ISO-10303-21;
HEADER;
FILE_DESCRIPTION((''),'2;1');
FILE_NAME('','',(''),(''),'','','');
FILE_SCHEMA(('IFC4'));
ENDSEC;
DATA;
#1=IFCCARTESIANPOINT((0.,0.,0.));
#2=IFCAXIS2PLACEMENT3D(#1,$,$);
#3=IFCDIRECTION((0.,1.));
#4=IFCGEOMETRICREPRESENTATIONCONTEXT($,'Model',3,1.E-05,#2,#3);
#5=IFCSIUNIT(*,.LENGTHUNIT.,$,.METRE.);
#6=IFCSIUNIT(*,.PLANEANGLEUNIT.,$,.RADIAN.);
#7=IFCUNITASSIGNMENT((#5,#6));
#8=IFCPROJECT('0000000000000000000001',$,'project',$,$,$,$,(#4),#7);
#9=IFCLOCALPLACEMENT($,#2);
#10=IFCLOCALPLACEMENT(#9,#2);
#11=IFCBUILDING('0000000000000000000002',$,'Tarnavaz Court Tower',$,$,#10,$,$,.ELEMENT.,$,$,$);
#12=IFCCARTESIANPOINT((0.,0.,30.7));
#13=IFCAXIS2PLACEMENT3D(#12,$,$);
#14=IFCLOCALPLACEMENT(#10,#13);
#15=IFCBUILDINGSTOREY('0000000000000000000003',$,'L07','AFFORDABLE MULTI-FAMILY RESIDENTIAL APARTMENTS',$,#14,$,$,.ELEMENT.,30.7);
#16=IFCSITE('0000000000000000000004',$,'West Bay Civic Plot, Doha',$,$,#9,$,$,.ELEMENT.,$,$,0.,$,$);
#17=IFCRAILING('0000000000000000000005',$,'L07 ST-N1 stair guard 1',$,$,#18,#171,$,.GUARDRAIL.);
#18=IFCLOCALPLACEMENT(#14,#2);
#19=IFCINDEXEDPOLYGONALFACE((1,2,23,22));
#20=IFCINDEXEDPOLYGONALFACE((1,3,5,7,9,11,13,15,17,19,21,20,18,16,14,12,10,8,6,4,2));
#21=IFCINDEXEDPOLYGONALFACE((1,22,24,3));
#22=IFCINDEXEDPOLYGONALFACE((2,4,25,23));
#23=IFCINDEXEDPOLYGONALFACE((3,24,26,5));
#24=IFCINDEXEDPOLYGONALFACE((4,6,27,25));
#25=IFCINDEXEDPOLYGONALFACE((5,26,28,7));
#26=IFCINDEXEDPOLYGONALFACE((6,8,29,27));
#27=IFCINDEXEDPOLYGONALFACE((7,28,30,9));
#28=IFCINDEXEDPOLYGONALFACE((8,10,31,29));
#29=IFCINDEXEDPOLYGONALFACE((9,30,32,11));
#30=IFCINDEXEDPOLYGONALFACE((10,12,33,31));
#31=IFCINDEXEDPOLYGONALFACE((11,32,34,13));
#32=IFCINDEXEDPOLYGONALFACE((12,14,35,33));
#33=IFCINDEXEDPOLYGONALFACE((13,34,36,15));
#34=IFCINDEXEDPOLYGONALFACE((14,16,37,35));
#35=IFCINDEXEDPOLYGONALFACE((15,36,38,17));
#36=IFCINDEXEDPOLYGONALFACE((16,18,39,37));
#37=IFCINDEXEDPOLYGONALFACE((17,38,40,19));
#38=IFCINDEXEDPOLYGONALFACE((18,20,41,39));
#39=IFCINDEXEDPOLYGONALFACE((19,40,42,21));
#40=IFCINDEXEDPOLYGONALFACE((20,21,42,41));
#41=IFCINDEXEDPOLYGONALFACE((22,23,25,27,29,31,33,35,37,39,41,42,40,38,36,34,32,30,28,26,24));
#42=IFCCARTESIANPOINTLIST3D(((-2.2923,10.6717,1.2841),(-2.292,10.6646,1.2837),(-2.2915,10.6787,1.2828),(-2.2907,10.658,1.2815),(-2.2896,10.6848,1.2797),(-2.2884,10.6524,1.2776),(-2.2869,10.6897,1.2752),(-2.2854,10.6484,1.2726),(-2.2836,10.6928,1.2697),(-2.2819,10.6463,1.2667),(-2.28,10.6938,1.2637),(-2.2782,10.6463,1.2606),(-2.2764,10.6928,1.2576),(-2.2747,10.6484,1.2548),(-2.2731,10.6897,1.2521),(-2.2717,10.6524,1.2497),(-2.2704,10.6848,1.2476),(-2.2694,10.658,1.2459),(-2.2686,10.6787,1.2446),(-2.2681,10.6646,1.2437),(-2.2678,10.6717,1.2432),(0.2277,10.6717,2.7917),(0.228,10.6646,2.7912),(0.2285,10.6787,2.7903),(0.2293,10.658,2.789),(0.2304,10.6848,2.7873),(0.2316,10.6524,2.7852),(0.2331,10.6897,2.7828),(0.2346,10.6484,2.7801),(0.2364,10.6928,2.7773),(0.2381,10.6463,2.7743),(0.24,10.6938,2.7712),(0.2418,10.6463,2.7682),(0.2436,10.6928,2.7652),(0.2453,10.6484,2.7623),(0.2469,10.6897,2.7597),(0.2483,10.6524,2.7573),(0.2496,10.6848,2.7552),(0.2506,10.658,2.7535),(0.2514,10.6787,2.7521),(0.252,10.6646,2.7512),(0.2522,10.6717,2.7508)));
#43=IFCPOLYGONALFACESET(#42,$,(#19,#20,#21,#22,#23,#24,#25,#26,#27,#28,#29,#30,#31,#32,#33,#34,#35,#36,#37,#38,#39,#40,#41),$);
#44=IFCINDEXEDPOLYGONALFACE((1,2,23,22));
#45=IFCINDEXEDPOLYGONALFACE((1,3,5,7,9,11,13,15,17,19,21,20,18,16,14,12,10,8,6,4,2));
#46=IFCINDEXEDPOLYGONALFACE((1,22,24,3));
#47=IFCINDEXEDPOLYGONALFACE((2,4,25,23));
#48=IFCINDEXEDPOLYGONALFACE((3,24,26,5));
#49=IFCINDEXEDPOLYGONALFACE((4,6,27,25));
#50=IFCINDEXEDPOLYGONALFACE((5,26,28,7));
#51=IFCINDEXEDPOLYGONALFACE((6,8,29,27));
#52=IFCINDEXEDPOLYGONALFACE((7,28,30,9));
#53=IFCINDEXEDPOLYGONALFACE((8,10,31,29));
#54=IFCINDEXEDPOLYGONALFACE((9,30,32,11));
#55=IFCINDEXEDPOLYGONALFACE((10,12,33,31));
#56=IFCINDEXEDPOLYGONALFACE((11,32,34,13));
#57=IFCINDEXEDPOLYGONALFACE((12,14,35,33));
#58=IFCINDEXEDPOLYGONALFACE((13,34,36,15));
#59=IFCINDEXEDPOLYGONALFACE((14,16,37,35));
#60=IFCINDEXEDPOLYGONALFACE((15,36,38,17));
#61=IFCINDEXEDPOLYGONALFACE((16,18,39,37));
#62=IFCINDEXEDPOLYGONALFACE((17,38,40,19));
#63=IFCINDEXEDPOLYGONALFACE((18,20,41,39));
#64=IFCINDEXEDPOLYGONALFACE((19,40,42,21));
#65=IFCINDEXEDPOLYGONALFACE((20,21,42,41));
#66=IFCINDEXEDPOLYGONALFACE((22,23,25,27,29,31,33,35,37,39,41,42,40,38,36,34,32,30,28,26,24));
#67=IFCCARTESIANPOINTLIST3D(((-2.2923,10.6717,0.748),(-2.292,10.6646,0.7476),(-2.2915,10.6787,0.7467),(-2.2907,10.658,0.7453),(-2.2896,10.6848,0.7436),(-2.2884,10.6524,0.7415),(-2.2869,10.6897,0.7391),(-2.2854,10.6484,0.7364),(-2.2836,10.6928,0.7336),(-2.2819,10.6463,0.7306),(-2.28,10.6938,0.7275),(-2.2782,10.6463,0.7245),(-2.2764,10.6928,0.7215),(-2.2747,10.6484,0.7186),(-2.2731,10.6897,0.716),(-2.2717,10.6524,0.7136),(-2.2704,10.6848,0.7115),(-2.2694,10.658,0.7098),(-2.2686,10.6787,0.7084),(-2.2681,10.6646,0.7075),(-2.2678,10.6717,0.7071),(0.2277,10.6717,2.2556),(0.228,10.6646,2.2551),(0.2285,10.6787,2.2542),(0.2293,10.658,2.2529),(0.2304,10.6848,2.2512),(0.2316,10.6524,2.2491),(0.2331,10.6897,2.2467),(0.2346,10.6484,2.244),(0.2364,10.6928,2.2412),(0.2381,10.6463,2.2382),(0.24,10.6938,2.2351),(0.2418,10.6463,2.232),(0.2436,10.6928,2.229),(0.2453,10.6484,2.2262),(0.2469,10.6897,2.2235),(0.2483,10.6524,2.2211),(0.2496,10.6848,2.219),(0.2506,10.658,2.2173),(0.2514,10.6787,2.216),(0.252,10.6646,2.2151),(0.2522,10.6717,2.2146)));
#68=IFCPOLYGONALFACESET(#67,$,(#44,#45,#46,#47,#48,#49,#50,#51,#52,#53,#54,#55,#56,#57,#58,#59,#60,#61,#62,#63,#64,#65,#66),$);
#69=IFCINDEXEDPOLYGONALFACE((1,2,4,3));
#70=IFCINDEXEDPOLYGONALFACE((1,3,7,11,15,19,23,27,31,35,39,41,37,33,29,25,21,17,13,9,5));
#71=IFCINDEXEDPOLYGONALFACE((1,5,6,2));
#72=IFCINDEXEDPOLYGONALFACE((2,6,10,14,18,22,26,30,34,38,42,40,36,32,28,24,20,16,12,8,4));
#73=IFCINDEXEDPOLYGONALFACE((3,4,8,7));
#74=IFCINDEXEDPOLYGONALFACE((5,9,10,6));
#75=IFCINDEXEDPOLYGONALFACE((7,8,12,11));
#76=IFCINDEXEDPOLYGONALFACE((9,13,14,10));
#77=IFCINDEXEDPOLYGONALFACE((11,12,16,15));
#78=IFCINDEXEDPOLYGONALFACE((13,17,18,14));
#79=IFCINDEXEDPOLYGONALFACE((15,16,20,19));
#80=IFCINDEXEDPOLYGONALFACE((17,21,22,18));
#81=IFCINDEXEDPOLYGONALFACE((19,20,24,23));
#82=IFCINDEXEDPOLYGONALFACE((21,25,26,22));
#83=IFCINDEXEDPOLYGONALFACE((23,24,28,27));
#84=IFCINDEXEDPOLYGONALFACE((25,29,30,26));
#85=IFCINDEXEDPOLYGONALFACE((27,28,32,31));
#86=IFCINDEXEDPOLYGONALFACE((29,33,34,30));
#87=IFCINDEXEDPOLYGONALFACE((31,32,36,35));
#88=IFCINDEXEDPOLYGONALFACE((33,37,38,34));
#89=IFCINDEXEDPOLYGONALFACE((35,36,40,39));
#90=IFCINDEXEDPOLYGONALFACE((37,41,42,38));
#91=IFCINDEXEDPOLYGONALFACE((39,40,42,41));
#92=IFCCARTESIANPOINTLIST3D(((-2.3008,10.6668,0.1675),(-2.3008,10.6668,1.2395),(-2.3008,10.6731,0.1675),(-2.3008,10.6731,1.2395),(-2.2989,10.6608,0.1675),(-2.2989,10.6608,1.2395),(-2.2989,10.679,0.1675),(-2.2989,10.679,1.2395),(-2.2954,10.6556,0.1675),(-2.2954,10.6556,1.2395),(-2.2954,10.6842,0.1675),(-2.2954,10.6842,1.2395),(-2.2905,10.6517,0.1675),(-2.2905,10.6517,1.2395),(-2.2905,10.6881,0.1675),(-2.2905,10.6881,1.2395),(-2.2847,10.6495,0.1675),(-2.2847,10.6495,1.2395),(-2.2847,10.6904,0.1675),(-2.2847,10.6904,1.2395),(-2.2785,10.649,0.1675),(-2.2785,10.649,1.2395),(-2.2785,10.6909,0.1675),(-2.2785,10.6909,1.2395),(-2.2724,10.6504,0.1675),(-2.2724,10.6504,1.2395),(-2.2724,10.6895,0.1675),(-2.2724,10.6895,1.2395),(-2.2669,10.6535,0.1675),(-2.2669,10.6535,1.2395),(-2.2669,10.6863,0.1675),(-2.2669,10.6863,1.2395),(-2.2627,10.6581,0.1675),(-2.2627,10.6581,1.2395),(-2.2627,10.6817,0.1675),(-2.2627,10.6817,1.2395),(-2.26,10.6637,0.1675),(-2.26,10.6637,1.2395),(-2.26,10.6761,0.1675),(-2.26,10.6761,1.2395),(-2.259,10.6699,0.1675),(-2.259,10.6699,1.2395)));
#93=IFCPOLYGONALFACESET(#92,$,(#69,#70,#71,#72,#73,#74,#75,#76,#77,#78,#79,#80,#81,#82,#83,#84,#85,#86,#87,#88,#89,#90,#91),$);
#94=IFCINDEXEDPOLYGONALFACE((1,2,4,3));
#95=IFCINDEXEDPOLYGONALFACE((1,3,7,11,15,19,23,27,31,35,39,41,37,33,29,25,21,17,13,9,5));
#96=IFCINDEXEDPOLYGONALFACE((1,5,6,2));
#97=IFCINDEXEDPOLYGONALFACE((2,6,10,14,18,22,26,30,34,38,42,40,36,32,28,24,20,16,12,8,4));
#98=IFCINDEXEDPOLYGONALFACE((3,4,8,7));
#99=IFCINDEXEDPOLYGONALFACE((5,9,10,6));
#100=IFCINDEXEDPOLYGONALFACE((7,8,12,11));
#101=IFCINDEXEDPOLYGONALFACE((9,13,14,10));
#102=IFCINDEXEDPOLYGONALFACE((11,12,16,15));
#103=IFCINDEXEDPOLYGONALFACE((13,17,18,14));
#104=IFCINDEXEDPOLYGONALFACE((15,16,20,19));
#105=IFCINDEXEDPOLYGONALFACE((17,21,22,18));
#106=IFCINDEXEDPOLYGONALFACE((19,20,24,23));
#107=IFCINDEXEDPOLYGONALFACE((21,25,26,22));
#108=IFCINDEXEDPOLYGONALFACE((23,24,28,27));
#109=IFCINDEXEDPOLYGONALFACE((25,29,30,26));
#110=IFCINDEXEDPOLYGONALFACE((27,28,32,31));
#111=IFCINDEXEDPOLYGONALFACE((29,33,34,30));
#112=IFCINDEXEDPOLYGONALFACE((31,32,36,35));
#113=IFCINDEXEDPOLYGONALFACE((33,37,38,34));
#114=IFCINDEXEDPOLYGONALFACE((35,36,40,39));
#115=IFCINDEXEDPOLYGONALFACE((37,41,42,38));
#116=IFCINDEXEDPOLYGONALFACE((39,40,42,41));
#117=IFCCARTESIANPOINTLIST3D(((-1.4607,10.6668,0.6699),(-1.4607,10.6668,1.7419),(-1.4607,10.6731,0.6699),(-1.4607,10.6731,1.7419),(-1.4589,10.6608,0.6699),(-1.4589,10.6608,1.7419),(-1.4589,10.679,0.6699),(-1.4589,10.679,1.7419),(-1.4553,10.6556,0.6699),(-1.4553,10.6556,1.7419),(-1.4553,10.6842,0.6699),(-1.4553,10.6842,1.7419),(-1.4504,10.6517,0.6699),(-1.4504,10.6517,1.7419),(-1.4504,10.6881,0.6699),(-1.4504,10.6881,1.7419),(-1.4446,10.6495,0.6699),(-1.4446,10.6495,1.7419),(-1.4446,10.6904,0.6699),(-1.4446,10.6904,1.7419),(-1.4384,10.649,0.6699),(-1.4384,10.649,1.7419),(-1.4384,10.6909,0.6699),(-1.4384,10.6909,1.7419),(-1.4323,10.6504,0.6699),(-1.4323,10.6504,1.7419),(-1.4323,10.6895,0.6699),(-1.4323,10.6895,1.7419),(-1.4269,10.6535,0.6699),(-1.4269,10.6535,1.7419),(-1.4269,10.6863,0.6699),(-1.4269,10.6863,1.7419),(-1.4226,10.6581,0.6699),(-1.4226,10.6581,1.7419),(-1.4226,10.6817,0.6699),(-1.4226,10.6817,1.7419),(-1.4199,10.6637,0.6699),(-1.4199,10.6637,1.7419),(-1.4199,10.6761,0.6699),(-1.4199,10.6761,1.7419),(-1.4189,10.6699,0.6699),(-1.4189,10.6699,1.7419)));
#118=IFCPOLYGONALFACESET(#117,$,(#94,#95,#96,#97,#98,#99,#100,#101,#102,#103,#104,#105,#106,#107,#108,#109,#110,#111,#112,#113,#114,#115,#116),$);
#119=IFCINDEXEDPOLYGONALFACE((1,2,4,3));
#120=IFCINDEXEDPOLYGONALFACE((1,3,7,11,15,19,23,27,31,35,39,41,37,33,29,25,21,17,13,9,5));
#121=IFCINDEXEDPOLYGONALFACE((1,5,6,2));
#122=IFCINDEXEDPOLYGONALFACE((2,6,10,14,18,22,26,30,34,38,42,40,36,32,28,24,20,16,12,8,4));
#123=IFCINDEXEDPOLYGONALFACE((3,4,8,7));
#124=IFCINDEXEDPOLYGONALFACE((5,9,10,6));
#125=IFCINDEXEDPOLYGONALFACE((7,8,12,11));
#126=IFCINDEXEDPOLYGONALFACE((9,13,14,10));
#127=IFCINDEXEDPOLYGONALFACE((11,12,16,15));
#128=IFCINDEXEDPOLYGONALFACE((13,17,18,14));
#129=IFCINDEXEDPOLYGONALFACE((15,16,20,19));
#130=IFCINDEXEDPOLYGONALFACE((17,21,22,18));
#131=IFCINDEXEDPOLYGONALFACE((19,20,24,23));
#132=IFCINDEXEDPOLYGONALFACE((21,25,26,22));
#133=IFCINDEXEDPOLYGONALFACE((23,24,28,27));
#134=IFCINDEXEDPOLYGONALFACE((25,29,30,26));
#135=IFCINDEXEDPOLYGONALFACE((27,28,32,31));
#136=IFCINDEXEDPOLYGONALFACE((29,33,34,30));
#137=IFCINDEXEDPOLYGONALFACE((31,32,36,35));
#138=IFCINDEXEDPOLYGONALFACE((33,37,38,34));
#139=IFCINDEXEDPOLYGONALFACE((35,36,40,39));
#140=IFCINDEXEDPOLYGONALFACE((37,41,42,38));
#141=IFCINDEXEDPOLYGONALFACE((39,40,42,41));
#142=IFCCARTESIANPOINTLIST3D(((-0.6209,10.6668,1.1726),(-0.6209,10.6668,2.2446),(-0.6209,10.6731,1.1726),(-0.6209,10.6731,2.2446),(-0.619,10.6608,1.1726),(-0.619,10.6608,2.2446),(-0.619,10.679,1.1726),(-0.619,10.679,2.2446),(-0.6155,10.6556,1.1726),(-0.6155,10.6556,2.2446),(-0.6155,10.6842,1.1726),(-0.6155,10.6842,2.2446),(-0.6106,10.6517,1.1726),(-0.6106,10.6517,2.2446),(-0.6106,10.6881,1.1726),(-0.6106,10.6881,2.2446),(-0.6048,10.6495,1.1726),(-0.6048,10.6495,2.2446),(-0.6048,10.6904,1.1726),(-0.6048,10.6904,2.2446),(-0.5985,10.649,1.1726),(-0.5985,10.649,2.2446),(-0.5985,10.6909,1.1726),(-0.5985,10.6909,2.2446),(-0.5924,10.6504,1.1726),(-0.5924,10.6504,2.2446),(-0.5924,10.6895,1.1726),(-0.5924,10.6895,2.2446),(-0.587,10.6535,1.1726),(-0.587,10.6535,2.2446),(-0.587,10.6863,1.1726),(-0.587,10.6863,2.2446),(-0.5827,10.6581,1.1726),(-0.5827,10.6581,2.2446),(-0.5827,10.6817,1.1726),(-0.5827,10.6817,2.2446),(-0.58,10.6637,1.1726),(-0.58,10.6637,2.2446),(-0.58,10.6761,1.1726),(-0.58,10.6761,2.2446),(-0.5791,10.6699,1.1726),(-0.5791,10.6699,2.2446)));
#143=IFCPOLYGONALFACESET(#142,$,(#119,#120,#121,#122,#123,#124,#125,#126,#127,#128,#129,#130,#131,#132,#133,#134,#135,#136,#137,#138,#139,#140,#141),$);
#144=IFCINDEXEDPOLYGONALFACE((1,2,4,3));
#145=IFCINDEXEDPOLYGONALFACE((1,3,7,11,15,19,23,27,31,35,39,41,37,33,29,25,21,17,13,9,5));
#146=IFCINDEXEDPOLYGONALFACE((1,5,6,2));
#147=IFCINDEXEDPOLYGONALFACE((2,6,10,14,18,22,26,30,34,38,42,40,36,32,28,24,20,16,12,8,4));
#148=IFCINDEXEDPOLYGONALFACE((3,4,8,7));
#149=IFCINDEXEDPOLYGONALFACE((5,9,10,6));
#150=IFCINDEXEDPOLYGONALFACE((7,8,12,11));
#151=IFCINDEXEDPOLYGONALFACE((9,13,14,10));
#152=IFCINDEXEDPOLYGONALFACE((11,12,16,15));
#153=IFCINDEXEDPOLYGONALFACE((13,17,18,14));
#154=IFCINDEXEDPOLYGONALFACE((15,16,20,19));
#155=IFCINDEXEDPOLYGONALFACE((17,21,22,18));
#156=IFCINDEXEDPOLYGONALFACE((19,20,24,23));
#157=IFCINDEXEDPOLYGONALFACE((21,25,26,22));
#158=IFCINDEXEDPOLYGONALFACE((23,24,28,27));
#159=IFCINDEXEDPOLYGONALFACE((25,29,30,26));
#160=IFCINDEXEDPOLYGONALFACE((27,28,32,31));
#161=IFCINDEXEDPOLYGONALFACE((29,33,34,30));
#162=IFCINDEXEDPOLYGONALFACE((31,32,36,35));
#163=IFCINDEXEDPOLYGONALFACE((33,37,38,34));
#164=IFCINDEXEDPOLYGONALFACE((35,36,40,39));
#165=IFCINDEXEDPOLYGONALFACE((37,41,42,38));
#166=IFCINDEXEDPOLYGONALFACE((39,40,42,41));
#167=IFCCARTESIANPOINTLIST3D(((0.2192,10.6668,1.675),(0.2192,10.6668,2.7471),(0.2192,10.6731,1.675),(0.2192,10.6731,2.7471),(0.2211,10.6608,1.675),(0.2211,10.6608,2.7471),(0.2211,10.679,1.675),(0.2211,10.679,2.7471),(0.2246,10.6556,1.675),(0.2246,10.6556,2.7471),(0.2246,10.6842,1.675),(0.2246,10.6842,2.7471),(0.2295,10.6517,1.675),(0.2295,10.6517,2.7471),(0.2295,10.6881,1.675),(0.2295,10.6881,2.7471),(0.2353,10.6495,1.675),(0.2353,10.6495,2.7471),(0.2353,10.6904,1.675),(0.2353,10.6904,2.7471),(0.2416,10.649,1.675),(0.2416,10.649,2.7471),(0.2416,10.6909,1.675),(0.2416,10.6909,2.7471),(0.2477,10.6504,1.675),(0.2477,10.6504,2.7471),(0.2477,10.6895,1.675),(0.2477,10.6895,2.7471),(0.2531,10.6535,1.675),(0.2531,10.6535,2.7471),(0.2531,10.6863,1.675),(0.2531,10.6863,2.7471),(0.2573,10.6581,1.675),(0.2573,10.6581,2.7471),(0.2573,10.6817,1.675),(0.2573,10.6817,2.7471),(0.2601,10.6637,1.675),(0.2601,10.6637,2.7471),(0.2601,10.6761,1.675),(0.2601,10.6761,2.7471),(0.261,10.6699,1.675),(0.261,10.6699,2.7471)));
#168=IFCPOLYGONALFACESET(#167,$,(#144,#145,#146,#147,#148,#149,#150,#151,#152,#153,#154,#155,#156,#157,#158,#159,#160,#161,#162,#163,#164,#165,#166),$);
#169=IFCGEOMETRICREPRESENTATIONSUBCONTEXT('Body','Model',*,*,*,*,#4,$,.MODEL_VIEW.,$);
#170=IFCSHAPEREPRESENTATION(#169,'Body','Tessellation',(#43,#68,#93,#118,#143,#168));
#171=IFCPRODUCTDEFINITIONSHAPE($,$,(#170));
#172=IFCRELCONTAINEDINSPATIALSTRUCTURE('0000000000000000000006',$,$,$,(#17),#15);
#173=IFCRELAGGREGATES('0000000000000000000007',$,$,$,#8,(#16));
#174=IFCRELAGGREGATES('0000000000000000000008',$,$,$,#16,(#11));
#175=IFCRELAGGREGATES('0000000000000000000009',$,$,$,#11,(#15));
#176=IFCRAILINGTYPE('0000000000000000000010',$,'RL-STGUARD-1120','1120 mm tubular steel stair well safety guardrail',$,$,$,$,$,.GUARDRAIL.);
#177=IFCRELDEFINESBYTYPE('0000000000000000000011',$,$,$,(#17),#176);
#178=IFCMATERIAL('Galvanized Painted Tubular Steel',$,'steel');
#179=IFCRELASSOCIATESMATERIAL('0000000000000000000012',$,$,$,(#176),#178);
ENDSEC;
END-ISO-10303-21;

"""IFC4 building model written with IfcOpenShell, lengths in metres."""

from ifc_helpers import new_model, si_unit, direction, frame, origin, origin_2d, place, context, subcontext, project, spatial, circle, extrude, material, type_object, element, save


model = new_model("IFC4")

# Units and contexts
model_context = context("Model", 3, precision=1e-05, world=origin(), true_north=direction((0.0, 1.0)))
body_context = subcontext(model_context, "Body", "Model", "MODEL_VIEW")
ifc_project = project(units=[si_unit("LENGTHUNIT", "METRE"), si_unit("PLANEANGLEUNIT", "RADIAN")], contexts=[model_context])

# Site, building, storey
site_placement = place(None, origin())
site = spatial("IfcSite", under=ifc_project, at=site_placement, Name="West Bay Civic Plot, Doha", CompositionType="ELEMENT", RefElevation=0.0)
building_placement = place(site_placement, origin())
building = spatial("IfcBuilding", under=site, at=building_placement, Name="Tarnavaz Court Tower", CompositionType="ELEMENT")
storey_placement = place(building_placement, frame((0.0, 0.0, 30.7)))
storey = spatial("IfcBuildingStorey", under=building, at=storey_placement, Name="L07", Description="AFFORDABLE MULTI-FAMILY RESIDENTIAL APARTMENTS", CompositionType="ELEMENT", Elevation=30.7)

# Railing
ifc_material_1 = material(Name="Galvanized Painted Tubular Steel", Category="steel")
railing_type = type_object("IfcRailingType", Name="RL-STGUARD-1120", Description="1120 mm tubular steel stair well safety guardrail", PredefinedType="GUARDRAIL", material=ifc_material_1)
railing_1_placement = place(storey_placement, frame((-2.28, 10.6699, 0.1675)))
element("IfcRailing", 1, at=railing_1_placement, inside=storey, type_object=railing_type, Name="L07 ST-N1 stair guard 1", PredefinedType="GUARDRAIL", context=body_context, shape_type="SweptSolid", body=[
    extrude(circle(Radius=0.0239, at=origin_2d()), frame((0.0, 0.0, 1.0962), z_axis=(0.85816, 0.0, 0.513383), x_axis=(0.0, 1.0, 0.0)), (0.0, 0.0, 1.0), 2.9365),
    extrude(circle(Radius=0.0239, at=origin_2d()), frame((0.0, 0.0, 0.5601), z_axis=(0.85816, 0.0, 0.513383), x_axis=(0.0, 1.0, 0.0)), (0.0, 0.0, 1.0), 2.9365),
    extrude(circle(Radius=0.021, at=origin_2d()), origin(), (0.0, 0.0, 1.0), 1.072),
    extrude(circle(Radius=0.021, at=origin_2d()), frame((0.8401, 0.0, 0.5024)), (0.0, 0.0, 1.0), 1.072),
    extrude(circle(Radius=0.021, at=origin_2d()), frame((1.6799, 0.0, 1.0051)), (0.0, 0.0, 1.0), 1.072),
    extrude(circle(Radius=0.021, at=origin_2d()), frame((2.52, 0.0, 1.5076)), (0.0, 0.0, 1.0), 1.072),
])

save(model, "model.ifc")
